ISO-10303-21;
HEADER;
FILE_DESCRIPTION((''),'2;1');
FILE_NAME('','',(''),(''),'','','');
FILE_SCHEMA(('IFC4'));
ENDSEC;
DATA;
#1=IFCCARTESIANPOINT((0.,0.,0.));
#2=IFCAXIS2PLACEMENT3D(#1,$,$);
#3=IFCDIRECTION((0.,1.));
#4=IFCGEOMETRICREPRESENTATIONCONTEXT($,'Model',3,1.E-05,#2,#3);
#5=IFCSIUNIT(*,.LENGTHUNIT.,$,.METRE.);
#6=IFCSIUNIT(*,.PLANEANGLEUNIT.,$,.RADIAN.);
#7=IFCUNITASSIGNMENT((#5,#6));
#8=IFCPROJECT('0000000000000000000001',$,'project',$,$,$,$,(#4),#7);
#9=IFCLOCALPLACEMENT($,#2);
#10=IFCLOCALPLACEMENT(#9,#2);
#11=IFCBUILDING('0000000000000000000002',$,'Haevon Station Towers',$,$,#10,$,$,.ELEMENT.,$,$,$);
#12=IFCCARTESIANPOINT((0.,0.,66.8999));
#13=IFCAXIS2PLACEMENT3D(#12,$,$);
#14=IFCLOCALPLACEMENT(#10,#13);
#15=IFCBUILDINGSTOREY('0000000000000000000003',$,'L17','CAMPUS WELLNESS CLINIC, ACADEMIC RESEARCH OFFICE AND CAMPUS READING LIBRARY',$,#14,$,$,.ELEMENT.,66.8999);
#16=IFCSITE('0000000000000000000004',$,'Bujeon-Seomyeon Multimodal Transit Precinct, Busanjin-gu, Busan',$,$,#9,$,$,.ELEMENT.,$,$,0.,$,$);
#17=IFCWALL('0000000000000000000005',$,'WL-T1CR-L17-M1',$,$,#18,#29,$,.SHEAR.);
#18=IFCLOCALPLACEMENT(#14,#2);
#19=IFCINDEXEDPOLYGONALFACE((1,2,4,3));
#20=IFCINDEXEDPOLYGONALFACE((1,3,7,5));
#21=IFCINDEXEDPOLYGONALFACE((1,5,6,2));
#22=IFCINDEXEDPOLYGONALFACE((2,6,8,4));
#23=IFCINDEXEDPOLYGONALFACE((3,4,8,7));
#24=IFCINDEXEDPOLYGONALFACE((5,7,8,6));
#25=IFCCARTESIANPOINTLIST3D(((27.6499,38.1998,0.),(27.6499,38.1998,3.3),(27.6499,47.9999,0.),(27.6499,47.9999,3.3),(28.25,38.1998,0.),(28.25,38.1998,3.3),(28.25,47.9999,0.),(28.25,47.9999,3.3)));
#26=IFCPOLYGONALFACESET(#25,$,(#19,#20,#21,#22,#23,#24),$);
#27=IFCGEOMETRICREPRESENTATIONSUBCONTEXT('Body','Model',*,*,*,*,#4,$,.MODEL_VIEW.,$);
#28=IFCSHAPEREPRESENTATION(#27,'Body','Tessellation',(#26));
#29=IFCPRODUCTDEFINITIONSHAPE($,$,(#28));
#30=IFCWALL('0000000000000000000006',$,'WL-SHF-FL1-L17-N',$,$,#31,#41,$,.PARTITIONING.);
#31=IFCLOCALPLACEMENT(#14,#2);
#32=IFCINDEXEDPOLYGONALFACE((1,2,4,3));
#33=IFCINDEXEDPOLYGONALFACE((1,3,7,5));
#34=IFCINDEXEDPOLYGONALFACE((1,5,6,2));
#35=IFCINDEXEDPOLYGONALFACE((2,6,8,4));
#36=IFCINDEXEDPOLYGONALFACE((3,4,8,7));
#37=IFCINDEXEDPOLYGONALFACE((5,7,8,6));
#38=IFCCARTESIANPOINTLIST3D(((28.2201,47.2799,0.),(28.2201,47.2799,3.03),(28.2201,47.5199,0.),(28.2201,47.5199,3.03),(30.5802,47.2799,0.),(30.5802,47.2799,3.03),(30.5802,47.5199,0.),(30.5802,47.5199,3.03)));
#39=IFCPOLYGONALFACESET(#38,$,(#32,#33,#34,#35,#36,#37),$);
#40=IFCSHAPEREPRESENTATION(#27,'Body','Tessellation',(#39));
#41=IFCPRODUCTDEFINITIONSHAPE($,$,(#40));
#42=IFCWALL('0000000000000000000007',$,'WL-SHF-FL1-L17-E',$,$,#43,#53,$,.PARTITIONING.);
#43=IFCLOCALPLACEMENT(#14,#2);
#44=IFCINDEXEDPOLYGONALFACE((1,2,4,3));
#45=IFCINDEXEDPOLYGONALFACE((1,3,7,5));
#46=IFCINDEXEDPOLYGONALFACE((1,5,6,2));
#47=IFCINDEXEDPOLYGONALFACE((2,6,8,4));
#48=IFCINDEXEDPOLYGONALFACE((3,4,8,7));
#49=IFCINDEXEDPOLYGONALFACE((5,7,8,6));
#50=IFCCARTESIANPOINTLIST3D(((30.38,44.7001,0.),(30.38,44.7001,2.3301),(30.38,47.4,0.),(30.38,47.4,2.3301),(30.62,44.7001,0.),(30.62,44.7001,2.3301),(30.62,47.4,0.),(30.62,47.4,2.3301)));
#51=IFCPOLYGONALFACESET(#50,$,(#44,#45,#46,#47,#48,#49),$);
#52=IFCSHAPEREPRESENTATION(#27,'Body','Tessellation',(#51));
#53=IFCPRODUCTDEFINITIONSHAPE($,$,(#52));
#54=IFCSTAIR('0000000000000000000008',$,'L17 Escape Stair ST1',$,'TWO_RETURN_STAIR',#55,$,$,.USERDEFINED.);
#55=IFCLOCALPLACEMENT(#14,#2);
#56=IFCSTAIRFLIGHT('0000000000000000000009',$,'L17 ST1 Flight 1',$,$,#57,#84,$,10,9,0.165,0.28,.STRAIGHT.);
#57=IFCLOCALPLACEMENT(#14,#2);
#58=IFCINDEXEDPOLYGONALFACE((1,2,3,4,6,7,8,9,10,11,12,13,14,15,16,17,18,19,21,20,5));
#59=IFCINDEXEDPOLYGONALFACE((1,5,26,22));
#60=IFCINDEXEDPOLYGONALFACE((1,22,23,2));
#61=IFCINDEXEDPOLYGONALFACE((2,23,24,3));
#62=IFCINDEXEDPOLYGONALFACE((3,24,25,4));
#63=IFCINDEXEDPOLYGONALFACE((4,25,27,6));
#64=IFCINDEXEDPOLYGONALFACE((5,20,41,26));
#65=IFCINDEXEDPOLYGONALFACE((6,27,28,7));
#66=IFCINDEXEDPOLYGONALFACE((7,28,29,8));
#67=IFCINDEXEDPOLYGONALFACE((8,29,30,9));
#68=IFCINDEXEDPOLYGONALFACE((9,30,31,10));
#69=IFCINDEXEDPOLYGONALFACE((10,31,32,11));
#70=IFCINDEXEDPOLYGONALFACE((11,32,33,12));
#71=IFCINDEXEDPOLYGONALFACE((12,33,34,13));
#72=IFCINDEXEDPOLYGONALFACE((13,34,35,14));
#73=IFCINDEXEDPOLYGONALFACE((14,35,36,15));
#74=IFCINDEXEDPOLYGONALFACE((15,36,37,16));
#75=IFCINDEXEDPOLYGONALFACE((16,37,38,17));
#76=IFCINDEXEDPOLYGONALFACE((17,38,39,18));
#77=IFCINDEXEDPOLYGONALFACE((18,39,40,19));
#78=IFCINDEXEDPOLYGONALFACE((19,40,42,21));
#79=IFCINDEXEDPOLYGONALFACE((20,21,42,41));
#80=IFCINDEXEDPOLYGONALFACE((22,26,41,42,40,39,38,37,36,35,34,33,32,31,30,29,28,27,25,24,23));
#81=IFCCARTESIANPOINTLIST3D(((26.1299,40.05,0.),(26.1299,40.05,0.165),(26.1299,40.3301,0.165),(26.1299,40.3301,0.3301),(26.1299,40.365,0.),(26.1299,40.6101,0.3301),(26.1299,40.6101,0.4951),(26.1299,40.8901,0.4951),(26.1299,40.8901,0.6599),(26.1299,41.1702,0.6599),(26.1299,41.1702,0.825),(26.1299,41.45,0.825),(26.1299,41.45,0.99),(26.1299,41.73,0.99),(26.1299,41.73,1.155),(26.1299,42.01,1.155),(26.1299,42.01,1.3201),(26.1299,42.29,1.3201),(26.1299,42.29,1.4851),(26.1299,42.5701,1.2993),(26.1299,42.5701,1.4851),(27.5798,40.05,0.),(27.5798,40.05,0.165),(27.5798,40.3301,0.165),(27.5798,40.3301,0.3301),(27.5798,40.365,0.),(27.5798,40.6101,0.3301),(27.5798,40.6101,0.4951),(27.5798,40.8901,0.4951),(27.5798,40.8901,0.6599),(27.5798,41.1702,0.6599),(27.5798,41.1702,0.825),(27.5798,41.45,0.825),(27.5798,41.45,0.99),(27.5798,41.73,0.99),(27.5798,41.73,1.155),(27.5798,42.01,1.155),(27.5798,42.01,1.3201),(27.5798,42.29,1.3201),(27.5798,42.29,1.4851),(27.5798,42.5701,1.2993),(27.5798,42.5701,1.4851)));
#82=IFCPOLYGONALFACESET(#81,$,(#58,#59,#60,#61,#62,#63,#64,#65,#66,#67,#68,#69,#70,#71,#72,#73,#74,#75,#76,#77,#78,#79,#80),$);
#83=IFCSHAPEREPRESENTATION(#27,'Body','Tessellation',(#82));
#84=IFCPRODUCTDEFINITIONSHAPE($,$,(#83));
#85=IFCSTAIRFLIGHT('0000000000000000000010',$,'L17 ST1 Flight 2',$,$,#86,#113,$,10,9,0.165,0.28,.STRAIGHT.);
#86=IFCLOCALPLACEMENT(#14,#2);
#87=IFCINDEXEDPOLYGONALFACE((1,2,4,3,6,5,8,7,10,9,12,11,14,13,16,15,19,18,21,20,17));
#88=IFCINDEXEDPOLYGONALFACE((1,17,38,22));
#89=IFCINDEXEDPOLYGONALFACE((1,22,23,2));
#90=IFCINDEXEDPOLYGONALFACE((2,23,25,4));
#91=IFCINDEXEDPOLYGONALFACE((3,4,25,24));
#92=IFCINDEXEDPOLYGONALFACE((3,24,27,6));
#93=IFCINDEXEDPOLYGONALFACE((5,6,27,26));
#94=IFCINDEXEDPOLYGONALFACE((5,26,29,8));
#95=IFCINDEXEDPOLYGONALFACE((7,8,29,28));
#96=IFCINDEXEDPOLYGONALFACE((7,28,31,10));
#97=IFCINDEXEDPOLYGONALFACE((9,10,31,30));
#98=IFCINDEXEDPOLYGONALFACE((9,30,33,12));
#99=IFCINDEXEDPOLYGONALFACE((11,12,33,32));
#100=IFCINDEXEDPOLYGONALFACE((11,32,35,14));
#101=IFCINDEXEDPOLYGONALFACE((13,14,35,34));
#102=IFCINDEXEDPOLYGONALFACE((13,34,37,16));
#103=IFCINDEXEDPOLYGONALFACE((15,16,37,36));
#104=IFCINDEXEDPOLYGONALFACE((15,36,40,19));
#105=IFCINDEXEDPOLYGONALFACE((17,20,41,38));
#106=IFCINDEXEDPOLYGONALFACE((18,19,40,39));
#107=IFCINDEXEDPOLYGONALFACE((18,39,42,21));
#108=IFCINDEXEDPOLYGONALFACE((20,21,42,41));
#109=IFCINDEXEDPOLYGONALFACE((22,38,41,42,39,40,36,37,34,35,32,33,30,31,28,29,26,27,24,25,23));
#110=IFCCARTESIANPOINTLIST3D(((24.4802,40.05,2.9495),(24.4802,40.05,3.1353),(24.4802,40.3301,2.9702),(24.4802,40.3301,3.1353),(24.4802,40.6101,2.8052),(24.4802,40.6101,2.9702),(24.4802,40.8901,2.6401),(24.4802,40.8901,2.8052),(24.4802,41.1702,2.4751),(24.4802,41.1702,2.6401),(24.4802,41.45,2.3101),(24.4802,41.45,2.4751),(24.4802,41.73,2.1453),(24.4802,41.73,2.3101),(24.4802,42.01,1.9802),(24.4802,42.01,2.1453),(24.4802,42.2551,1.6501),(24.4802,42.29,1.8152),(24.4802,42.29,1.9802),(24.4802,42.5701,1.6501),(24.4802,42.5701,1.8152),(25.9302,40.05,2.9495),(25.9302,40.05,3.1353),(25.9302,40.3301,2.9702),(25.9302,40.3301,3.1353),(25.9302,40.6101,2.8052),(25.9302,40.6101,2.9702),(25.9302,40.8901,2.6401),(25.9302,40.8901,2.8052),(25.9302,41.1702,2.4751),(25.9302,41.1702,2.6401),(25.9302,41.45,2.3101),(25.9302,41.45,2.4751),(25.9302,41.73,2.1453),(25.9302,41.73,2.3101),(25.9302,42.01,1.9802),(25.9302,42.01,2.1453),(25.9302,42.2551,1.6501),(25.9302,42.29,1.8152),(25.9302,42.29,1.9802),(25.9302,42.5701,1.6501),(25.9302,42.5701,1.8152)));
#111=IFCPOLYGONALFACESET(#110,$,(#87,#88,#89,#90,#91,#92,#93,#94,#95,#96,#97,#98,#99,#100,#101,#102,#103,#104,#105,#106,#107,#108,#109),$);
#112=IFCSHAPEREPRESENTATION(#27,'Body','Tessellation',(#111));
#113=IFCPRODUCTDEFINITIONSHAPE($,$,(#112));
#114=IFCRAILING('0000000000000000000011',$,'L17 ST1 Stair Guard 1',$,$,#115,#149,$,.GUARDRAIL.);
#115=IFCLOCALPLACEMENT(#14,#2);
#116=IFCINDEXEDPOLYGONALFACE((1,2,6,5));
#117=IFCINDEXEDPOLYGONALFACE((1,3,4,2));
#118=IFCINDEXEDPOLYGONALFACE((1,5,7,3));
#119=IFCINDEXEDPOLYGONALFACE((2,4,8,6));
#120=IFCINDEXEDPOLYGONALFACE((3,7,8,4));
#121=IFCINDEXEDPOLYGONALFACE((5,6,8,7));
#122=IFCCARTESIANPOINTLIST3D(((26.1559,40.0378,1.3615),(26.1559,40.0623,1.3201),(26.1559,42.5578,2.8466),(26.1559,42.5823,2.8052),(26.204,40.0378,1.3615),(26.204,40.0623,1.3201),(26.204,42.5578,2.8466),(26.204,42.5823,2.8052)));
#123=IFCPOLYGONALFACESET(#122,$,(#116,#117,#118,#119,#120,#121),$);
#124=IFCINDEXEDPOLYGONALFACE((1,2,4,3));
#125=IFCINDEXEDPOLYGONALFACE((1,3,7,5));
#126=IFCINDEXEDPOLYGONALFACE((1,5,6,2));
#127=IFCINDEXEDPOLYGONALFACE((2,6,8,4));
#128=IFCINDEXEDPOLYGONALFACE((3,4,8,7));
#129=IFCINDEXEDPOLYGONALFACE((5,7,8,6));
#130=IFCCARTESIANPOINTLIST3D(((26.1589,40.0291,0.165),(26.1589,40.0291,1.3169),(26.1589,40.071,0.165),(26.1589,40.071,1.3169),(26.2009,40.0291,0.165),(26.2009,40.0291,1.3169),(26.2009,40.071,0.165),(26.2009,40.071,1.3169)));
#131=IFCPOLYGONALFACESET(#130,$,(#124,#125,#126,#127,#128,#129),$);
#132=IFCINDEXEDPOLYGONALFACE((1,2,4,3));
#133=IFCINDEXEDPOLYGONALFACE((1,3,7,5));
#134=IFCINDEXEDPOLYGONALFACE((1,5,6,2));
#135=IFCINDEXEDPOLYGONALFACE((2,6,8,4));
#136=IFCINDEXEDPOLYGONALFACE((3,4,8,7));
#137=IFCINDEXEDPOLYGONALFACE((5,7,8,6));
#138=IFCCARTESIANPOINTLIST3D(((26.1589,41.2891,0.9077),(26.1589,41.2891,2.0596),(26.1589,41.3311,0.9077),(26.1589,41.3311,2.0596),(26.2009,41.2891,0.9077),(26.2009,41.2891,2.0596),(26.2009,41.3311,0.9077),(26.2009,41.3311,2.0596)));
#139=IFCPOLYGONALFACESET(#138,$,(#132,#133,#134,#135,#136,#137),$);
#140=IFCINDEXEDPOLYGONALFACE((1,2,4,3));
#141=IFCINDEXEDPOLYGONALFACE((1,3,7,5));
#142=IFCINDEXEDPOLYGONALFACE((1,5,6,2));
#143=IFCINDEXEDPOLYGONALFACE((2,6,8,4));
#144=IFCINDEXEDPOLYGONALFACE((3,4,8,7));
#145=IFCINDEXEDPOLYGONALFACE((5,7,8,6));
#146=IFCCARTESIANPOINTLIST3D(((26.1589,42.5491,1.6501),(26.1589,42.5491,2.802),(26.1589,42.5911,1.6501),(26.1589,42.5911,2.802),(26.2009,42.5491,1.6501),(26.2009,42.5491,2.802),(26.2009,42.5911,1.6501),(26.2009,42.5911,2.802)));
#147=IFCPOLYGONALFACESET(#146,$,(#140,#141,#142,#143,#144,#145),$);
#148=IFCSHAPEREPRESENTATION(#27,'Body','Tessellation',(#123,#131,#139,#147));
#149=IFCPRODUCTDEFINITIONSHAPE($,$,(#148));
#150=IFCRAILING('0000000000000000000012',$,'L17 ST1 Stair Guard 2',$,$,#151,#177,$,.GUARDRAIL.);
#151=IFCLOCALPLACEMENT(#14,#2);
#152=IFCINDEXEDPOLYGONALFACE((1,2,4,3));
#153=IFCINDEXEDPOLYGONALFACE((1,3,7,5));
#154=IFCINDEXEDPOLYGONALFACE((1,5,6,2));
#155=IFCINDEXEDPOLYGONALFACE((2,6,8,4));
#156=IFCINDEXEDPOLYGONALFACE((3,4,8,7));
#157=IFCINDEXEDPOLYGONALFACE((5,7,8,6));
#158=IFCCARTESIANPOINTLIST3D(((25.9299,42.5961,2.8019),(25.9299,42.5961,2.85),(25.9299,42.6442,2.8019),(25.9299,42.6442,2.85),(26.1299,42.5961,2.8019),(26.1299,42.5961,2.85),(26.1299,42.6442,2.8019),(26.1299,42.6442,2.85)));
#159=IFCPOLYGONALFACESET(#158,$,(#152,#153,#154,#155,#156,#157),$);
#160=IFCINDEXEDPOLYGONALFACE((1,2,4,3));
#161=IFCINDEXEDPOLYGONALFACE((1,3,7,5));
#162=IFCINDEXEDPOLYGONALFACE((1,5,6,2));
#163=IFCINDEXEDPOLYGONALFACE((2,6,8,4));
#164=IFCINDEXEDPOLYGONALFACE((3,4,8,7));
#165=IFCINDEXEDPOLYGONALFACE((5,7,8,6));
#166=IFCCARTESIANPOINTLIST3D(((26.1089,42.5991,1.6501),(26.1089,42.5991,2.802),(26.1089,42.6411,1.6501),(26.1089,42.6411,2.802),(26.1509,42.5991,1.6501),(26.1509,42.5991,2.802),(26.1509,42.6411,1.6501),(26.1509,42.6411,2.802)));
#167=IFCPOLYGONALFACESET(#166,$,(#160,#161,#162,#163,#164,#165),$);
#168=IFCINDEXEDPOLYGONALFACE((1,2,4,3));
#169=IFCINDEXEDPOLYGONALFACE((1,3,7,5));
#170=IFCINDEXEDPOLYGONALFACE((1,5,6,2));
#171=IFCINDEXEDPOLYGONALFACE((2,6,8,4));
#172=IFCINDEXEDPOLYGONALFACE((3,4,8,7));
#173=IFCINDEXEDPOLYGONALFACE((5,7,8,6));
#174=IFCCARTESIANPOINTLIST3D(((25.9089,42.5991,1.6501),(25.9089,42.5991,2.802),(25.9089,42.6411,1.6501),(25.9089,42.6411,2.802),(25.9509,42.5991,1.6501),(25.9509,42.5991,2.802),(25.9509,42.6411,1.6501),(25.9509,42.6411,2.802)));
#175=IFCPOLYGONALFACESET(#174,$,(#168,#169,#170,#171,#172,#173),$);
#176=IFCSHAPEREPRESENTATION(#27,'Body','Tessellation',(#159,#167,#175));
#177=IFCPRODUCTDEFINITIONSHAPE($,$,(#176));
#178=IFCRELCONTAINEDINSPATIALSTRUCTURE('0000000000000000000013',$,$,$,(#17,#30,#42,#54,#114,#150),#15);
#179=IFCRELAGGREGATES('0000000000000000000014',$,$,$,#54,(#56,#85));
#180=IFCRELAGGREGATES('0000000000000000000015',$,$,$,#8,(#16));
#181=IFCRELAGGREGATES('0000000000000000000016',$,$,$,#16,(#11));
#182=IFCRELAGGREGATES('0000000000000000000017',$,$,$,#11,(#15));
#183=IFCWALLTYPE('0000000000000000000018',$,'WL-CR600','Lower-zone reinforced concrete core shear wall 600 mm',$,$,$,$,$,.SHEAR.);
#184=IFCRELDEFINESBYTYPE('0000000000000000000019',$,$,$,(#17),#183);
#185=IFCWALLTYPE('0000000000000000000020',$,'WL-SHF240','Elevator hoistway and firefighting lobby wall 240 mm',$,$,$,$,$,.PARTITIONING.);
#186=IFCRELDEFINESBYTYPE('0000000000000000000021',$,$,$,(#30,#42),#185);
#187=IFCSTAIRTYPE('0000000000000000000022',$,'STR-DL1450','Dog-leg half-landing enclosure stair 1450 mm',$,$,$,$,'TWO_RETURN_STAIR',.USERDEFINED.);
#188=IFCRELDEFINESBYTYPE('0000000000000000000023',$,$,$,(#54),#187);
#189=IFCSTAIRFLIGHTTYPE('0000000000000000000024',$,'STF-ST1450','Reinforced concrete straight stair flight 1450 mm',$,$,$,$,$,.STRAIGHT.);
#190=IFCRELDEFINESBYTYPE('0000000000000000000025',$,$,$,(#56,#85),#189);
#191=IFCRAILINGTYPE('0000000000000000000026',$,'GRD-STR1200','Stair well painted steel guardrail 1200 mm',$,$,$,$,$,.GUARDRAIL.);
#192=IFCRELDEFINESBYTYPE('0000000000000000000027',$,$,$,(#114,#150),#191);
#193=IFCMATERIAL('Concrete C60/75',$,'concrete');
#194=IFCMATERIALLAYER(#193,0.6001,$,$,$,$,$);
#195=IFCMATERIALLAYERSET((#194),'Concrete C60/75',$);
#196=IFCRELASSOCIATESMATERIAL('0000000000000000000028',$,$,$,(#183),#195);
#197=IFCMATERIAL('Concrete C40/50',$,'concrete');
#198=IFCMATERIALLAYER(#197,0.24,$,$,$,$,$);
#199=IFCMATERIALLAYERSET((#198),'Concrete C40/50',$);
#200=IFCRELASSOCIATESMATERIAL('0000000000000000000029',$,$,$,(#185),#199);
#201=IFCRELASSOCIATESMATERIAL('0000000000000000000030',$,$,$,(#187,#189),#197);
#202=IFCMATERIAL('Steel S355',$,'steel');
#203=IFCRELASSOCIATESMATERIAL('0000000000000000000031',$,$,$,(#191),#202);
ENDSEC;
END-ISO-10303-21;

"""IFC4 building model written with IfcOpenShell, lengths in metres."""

from ifc_helpers import new_model, si_unit, direction, frame, frame_2d, origin, origin_2d, place, context, subcontext, project, spatial, polyline, rectangle, outline, extrude, material, layer, layer_set, type_object, element, aggregate, save


model = new_model("IFC4")

# Units and contexts
model_context = context("Model", 3, precision=1e-05, world=origin(), true_north=direction((0.0, 1.0)))
body_context = subcontext(model_context, "Body", "Model", "MODEL_VIEW")
ifc_project = project(units=[si_unit("LENGTHUNIT", "METRE"), si_unit("PLANEANGLEUNIT", "RADIAN")], contexts=[model_context])

# Site, building, storey
site_placement = place(None, origin())
site = spatial("IfcSite", under=ifc_project, at=site_placement, Name="Bujeon-Seomyeon Multimodal Transit Precinct, Busanjin-gu, Busan", CompositionType="ELEMENT", RefElevation=0.0)
building_placement = place(site_placement, origin())
building = spatial("IfcBuilding", under=site, at=building_placement, Name="Haevon Station Towers", CompositionType="ELEMENT")
storey_placement = place(building_placement, frame((0.0, 0.0, 66.8999)))
storey = spatial("IfcBuildingStorey", under=building, at=storey_placement, Name="L17", Description="CAMPUS WELLNESS CLINIC, ACADEMIC RESEARCH OFFICE AND CAMPUS READING LIBRARY", CompositionType="ELEMENT", Elevation=66.8999)

# Shared definitions
ifc_material_1 = material(Name="Steel S355", Category="steel")

# Wall
ifc_material_2 = material(Name="Concrete C60/75", Category="concrete")
ifc_layer_1 = layer(ifc_material_2, 0.6001)
ifc_layer_set_1 = layer_set([ifc_layer_1], Name="Concrete C60/75")
wall_type_1 = type_object("IfcWallType", Name="WL-CR600", Description="Lower-zone reinforced concrete core shear wall 600 mm", PredefinedType="SHEAR", material=ifc_layer_set_1)
wall_1_placement = place(storey_placement, frame((27.95, 38.2, 0.0), z_axis=(0.0, 0.0, 1.0), x_axis=(0.0, 1.0, 0.0)))
element("IfcWall", 1, at=wall_1_placement, inside=storey, type_object=wall_type_1, Name="WL-T1CR-L17-M1", PredefinedType="SHEAR", context=body_context, shape_type="SweptSolid", body=[
    extrude(rectangle(XDim=9.8, YDim=0.6001, at=frame_2d((4.8999, 0.0))), origin(), (0.0, 0.0, 1.0), 3.3),
])

# Shared definitions
ifc_material_3 = material(Name="Concrete C40/50", Category="concrete")
ifc_layer_2 = layer(ifc_material_3, 0.24)
ifc_layer_set_2 = layer_set([ifc_layer_2], Name="Concrete C40/50")
wall_type_2 = type_object("IfcWallType", Name="WL-SHF240", Description="Elevator hoistway and firefighting lobby wall 240 mm", PredefinedType="PARTITIONING", material=ifc_layer_set_2)

# Walls
wall_2_placement = place(storey_placement, frame((28.22, 47.3999, 0.0), z_axis=(0.0, 0.0, 1.0), x_axis=(1.0, 0.0, 0.0)))
element("IfcWall", 2, at=wall_2_placement, inside=storey, type_object=wall_type_2, Name="WL-SHF-FL1-L17-N", PredefinedType="PARTITIONING", context=body_context, shape_type="SweptSolid", body=[
    extrude(rectangle(XDim=2.3601, YDim=0.24, at=frame_2d((1.1802, 0.0))), origin(), (0.0, 0.0, 1.0), 3.03),
])
wall_3_placement = place(storey_placement, frame((30.5, 44.7, 0.0), z_axis=(0.0, 0.0, 1.0), x_axis=(0.0, 1.0, 0.0)))
element("IfcWall", 3, at=wall_3_placement, inside=storey, type_object=wall_type_2, Name="WL-SHF-FL1-L17-E", PredefinedType="PARTITIONING", context=body_context, shape_type="SweptSolid", body=[
    extrude(rectangle(XDim=2.7, YDim=0.24, at=frame_2d((1.3501, 0.0))), origin(), (0.0, 0.0, 1.0), 2.3301),
])

# Stair, stair flights
stair_type = type_object("IfcStairType", Name="STR-DL1450", Description="Dog-leg half-landing enclosure stair 1450 mm", ElementType="TWO_RETURN_STAIR", PredefinedType="USERDEFINED", material=ifc_material_3)
stair_placement = place(storey_placement, origin())
stair = element("IfcStair", 4, at=stair_placement, inside=storey, type_object=stair_type, Name="L17 Escape Stair ST1", ObjectType="TWO_RETURN_STAIR", PredefinedType="USERDEFINED")
stair_flight_type = type_object("IfcStairFlightType", Name="STF-ST1450", Description="Reinforced concrete straight stair flight 1450 mm", PredefinedType="STRAIGHT", material=ifc_material_3)
stair_flight_1_placement = place(storey_placement, frame((26.855, 40.05, 0.0), z_axis=(0.0, 0.0, 1.0), x_axis=(0.0, 1.0, 0.0)))
stair_flight_1 = element("IfcStairFlight", 5, at=stair_flight_1_placement, type_object=stair_flight_type, Name="L17 ST1 Flight 1", NumberOfRisers=10, NumberOfTreads=9, PredefinedType="STRAIGHT", RiserHeight=0.165, TreadLength=0.28, context=body_context, shape_type="SweptSolid", body=[
    extrude(outline(polyline([(0.0, 0.0), (0.0, 0.165), (0.28, 0.165), (0.28, 0.3301), (0.5601, 0.3301), (0.5601, 0.4951), (0.8401, 0.4951), (0.8401, 0.6599), (1.1201, 0.6599), (1.1201, 0.825), (1.3999, 0.825), (1.3999, 0.99), (1.6799, 0.99), (1.6799, 1.155), (1.96, 1.155), (1.96, 1.3201), (2.24, 1.3201), (2.24, 1.4851), (2.52, 1.4851), (2.52, 1.6499), (2.52, 1.2993), (0.3149, 0.0), (0.0, 0.0)])), frame((0.0, 0.7251, 0.0), z_axis=(0.0, -1.0, 0.0), x_axis=(1.0, 0.0, 0.0)), (0.0, 0.0, 1.0), 1.45),
])
stair_flight_2_placement = place(storey_placement, frame((25.2051, 42.5701, 1.6501), z_axis=(0.0, 0.0, 1.0), x_axis=(0.0, -1.0, 0.0)))
stair_flight_2 = element("IfcStairFlight", 6, at=stair_flight_2_placement, type_object=stair_flight_type, Name="L17 ST1 Flight 2", NumberOfRisers=10, NumberOfTreads=9, PredefinedType="STRAIGHT", RiserHeight=0.165, TreadLength=0.28, context=body_context, shape_type="SweptSolid", body=[
    extrude(outline(polyline([(0.0, 0.0), (0.0, 0.165), (0.28, 0.165), (0.28, 0.3301), (0.5601, 0.3301), (0.5601, 0.4951), (0.8401, 0.4951), (0.8401, 0.6599), (1.1201, 0.6599), (1.1201, 0.825), (1.3999, 0.825), (1.3999, 0.99), (1.6799, 0.99), (1.6799, 1.155), (1.96, 1.155), (1.96, 1.3201), (2.24, 1.3201), (2.24, 1.4851), (2.52, 1.4851), (2.52, 1.6499), (2.52, 1.2993), (0.3149, 0.0), (0.0, 0.0)])), frame((0.0, 0.7251, 0.0), z_axis=(0.0, -1.0, 0.0), x_axis=(1.0, 0.0, 0.0)), (0.0, 0.0, 1.0), 1.45),
])
aggregate(stair, [stair_flight_1, stair_flight_2])

# Railings
railing_type_1 = type_object("IfcRailingType", Name="GRD-STR1200", Description="Stair well painted steel guardrail 1200 mm", PredefinedType="GUARDRAIL", material=ifc_material_1)
railing_1_placement = place(storey_placement, frame((26.1799, 40.05, 0.165)))
element("IfcRailing", 7, at=railing_1_placement, inside=storey, type_object=railing_type_1, Name="L17 ST1 Stair Guard 1", PredefinedType="GUARDRAIL", context=body_context, shape_type="SweptSolid", body=[
    extrude(rectangle(XDim=0.0481, YDim=0.0481, at=origin_2d()), frame((0.0, 0.0, 1.1758), z_axis=(0.0, 0.861524, 0.507717), x_axis=(-1.0, 0.0, 0.0)), (0.0, 0.0, 1.0), 2.925),
    extrude(rectangle(XDim=0.042, YDim=0.042, at=origin_2d()), origin(), (0.0, 0.0, 1.0), 1.1519),
    extrude(rectangle(XDim=0.042, YDim=0.042, at=origin_2d()), frame((0.0, 1.26, 0.7427)), (0.0, 0.0, 1.0), 1.1519),
    extrude(rectangle(XDim=0.042, YDim=0.042, at=origin_2d()), frame((0.0, 2.52, 1.4851)), (0.0, 0.0, 1.0), 1.1519),
])
railing_2_placement = place(storey_placement, frame((26.1299, 42.6201, 1.6501)))
element("IfcRailing", 8, at=railing_2_placement, inside=storey, type_object=railing_type_1, Name="L17 ST1 Stair Guard 2", PredefinedType="GUARDRAIL", context=body_context, shape_type="SweptSolid", body=[
    extrude(rectangle(XDim=0.0481, YDim=0.0481, at=origin_2d()), frame((0.0, 0.0, 1.1758), z_axis=(-1.0, 0.0, 0.0), x_axis=(0.0, -1.0, 0.0)), (0.0, 0.0, 1.0), 0.2),
    extrude(rectangle(XDim=0.042, YDim=0.042, at=origin_2d()), origin(), (0.0, 0.0, 1.0), 1.1519),
    extrude(rectangle(XDim=0.042, YDim=0.042, at=origin_2d()), frame((-0.2, 0.0, 0.0)), (0.0, 0.0, 1.0), 1.1519),
])

save(model, "model.ifc")
